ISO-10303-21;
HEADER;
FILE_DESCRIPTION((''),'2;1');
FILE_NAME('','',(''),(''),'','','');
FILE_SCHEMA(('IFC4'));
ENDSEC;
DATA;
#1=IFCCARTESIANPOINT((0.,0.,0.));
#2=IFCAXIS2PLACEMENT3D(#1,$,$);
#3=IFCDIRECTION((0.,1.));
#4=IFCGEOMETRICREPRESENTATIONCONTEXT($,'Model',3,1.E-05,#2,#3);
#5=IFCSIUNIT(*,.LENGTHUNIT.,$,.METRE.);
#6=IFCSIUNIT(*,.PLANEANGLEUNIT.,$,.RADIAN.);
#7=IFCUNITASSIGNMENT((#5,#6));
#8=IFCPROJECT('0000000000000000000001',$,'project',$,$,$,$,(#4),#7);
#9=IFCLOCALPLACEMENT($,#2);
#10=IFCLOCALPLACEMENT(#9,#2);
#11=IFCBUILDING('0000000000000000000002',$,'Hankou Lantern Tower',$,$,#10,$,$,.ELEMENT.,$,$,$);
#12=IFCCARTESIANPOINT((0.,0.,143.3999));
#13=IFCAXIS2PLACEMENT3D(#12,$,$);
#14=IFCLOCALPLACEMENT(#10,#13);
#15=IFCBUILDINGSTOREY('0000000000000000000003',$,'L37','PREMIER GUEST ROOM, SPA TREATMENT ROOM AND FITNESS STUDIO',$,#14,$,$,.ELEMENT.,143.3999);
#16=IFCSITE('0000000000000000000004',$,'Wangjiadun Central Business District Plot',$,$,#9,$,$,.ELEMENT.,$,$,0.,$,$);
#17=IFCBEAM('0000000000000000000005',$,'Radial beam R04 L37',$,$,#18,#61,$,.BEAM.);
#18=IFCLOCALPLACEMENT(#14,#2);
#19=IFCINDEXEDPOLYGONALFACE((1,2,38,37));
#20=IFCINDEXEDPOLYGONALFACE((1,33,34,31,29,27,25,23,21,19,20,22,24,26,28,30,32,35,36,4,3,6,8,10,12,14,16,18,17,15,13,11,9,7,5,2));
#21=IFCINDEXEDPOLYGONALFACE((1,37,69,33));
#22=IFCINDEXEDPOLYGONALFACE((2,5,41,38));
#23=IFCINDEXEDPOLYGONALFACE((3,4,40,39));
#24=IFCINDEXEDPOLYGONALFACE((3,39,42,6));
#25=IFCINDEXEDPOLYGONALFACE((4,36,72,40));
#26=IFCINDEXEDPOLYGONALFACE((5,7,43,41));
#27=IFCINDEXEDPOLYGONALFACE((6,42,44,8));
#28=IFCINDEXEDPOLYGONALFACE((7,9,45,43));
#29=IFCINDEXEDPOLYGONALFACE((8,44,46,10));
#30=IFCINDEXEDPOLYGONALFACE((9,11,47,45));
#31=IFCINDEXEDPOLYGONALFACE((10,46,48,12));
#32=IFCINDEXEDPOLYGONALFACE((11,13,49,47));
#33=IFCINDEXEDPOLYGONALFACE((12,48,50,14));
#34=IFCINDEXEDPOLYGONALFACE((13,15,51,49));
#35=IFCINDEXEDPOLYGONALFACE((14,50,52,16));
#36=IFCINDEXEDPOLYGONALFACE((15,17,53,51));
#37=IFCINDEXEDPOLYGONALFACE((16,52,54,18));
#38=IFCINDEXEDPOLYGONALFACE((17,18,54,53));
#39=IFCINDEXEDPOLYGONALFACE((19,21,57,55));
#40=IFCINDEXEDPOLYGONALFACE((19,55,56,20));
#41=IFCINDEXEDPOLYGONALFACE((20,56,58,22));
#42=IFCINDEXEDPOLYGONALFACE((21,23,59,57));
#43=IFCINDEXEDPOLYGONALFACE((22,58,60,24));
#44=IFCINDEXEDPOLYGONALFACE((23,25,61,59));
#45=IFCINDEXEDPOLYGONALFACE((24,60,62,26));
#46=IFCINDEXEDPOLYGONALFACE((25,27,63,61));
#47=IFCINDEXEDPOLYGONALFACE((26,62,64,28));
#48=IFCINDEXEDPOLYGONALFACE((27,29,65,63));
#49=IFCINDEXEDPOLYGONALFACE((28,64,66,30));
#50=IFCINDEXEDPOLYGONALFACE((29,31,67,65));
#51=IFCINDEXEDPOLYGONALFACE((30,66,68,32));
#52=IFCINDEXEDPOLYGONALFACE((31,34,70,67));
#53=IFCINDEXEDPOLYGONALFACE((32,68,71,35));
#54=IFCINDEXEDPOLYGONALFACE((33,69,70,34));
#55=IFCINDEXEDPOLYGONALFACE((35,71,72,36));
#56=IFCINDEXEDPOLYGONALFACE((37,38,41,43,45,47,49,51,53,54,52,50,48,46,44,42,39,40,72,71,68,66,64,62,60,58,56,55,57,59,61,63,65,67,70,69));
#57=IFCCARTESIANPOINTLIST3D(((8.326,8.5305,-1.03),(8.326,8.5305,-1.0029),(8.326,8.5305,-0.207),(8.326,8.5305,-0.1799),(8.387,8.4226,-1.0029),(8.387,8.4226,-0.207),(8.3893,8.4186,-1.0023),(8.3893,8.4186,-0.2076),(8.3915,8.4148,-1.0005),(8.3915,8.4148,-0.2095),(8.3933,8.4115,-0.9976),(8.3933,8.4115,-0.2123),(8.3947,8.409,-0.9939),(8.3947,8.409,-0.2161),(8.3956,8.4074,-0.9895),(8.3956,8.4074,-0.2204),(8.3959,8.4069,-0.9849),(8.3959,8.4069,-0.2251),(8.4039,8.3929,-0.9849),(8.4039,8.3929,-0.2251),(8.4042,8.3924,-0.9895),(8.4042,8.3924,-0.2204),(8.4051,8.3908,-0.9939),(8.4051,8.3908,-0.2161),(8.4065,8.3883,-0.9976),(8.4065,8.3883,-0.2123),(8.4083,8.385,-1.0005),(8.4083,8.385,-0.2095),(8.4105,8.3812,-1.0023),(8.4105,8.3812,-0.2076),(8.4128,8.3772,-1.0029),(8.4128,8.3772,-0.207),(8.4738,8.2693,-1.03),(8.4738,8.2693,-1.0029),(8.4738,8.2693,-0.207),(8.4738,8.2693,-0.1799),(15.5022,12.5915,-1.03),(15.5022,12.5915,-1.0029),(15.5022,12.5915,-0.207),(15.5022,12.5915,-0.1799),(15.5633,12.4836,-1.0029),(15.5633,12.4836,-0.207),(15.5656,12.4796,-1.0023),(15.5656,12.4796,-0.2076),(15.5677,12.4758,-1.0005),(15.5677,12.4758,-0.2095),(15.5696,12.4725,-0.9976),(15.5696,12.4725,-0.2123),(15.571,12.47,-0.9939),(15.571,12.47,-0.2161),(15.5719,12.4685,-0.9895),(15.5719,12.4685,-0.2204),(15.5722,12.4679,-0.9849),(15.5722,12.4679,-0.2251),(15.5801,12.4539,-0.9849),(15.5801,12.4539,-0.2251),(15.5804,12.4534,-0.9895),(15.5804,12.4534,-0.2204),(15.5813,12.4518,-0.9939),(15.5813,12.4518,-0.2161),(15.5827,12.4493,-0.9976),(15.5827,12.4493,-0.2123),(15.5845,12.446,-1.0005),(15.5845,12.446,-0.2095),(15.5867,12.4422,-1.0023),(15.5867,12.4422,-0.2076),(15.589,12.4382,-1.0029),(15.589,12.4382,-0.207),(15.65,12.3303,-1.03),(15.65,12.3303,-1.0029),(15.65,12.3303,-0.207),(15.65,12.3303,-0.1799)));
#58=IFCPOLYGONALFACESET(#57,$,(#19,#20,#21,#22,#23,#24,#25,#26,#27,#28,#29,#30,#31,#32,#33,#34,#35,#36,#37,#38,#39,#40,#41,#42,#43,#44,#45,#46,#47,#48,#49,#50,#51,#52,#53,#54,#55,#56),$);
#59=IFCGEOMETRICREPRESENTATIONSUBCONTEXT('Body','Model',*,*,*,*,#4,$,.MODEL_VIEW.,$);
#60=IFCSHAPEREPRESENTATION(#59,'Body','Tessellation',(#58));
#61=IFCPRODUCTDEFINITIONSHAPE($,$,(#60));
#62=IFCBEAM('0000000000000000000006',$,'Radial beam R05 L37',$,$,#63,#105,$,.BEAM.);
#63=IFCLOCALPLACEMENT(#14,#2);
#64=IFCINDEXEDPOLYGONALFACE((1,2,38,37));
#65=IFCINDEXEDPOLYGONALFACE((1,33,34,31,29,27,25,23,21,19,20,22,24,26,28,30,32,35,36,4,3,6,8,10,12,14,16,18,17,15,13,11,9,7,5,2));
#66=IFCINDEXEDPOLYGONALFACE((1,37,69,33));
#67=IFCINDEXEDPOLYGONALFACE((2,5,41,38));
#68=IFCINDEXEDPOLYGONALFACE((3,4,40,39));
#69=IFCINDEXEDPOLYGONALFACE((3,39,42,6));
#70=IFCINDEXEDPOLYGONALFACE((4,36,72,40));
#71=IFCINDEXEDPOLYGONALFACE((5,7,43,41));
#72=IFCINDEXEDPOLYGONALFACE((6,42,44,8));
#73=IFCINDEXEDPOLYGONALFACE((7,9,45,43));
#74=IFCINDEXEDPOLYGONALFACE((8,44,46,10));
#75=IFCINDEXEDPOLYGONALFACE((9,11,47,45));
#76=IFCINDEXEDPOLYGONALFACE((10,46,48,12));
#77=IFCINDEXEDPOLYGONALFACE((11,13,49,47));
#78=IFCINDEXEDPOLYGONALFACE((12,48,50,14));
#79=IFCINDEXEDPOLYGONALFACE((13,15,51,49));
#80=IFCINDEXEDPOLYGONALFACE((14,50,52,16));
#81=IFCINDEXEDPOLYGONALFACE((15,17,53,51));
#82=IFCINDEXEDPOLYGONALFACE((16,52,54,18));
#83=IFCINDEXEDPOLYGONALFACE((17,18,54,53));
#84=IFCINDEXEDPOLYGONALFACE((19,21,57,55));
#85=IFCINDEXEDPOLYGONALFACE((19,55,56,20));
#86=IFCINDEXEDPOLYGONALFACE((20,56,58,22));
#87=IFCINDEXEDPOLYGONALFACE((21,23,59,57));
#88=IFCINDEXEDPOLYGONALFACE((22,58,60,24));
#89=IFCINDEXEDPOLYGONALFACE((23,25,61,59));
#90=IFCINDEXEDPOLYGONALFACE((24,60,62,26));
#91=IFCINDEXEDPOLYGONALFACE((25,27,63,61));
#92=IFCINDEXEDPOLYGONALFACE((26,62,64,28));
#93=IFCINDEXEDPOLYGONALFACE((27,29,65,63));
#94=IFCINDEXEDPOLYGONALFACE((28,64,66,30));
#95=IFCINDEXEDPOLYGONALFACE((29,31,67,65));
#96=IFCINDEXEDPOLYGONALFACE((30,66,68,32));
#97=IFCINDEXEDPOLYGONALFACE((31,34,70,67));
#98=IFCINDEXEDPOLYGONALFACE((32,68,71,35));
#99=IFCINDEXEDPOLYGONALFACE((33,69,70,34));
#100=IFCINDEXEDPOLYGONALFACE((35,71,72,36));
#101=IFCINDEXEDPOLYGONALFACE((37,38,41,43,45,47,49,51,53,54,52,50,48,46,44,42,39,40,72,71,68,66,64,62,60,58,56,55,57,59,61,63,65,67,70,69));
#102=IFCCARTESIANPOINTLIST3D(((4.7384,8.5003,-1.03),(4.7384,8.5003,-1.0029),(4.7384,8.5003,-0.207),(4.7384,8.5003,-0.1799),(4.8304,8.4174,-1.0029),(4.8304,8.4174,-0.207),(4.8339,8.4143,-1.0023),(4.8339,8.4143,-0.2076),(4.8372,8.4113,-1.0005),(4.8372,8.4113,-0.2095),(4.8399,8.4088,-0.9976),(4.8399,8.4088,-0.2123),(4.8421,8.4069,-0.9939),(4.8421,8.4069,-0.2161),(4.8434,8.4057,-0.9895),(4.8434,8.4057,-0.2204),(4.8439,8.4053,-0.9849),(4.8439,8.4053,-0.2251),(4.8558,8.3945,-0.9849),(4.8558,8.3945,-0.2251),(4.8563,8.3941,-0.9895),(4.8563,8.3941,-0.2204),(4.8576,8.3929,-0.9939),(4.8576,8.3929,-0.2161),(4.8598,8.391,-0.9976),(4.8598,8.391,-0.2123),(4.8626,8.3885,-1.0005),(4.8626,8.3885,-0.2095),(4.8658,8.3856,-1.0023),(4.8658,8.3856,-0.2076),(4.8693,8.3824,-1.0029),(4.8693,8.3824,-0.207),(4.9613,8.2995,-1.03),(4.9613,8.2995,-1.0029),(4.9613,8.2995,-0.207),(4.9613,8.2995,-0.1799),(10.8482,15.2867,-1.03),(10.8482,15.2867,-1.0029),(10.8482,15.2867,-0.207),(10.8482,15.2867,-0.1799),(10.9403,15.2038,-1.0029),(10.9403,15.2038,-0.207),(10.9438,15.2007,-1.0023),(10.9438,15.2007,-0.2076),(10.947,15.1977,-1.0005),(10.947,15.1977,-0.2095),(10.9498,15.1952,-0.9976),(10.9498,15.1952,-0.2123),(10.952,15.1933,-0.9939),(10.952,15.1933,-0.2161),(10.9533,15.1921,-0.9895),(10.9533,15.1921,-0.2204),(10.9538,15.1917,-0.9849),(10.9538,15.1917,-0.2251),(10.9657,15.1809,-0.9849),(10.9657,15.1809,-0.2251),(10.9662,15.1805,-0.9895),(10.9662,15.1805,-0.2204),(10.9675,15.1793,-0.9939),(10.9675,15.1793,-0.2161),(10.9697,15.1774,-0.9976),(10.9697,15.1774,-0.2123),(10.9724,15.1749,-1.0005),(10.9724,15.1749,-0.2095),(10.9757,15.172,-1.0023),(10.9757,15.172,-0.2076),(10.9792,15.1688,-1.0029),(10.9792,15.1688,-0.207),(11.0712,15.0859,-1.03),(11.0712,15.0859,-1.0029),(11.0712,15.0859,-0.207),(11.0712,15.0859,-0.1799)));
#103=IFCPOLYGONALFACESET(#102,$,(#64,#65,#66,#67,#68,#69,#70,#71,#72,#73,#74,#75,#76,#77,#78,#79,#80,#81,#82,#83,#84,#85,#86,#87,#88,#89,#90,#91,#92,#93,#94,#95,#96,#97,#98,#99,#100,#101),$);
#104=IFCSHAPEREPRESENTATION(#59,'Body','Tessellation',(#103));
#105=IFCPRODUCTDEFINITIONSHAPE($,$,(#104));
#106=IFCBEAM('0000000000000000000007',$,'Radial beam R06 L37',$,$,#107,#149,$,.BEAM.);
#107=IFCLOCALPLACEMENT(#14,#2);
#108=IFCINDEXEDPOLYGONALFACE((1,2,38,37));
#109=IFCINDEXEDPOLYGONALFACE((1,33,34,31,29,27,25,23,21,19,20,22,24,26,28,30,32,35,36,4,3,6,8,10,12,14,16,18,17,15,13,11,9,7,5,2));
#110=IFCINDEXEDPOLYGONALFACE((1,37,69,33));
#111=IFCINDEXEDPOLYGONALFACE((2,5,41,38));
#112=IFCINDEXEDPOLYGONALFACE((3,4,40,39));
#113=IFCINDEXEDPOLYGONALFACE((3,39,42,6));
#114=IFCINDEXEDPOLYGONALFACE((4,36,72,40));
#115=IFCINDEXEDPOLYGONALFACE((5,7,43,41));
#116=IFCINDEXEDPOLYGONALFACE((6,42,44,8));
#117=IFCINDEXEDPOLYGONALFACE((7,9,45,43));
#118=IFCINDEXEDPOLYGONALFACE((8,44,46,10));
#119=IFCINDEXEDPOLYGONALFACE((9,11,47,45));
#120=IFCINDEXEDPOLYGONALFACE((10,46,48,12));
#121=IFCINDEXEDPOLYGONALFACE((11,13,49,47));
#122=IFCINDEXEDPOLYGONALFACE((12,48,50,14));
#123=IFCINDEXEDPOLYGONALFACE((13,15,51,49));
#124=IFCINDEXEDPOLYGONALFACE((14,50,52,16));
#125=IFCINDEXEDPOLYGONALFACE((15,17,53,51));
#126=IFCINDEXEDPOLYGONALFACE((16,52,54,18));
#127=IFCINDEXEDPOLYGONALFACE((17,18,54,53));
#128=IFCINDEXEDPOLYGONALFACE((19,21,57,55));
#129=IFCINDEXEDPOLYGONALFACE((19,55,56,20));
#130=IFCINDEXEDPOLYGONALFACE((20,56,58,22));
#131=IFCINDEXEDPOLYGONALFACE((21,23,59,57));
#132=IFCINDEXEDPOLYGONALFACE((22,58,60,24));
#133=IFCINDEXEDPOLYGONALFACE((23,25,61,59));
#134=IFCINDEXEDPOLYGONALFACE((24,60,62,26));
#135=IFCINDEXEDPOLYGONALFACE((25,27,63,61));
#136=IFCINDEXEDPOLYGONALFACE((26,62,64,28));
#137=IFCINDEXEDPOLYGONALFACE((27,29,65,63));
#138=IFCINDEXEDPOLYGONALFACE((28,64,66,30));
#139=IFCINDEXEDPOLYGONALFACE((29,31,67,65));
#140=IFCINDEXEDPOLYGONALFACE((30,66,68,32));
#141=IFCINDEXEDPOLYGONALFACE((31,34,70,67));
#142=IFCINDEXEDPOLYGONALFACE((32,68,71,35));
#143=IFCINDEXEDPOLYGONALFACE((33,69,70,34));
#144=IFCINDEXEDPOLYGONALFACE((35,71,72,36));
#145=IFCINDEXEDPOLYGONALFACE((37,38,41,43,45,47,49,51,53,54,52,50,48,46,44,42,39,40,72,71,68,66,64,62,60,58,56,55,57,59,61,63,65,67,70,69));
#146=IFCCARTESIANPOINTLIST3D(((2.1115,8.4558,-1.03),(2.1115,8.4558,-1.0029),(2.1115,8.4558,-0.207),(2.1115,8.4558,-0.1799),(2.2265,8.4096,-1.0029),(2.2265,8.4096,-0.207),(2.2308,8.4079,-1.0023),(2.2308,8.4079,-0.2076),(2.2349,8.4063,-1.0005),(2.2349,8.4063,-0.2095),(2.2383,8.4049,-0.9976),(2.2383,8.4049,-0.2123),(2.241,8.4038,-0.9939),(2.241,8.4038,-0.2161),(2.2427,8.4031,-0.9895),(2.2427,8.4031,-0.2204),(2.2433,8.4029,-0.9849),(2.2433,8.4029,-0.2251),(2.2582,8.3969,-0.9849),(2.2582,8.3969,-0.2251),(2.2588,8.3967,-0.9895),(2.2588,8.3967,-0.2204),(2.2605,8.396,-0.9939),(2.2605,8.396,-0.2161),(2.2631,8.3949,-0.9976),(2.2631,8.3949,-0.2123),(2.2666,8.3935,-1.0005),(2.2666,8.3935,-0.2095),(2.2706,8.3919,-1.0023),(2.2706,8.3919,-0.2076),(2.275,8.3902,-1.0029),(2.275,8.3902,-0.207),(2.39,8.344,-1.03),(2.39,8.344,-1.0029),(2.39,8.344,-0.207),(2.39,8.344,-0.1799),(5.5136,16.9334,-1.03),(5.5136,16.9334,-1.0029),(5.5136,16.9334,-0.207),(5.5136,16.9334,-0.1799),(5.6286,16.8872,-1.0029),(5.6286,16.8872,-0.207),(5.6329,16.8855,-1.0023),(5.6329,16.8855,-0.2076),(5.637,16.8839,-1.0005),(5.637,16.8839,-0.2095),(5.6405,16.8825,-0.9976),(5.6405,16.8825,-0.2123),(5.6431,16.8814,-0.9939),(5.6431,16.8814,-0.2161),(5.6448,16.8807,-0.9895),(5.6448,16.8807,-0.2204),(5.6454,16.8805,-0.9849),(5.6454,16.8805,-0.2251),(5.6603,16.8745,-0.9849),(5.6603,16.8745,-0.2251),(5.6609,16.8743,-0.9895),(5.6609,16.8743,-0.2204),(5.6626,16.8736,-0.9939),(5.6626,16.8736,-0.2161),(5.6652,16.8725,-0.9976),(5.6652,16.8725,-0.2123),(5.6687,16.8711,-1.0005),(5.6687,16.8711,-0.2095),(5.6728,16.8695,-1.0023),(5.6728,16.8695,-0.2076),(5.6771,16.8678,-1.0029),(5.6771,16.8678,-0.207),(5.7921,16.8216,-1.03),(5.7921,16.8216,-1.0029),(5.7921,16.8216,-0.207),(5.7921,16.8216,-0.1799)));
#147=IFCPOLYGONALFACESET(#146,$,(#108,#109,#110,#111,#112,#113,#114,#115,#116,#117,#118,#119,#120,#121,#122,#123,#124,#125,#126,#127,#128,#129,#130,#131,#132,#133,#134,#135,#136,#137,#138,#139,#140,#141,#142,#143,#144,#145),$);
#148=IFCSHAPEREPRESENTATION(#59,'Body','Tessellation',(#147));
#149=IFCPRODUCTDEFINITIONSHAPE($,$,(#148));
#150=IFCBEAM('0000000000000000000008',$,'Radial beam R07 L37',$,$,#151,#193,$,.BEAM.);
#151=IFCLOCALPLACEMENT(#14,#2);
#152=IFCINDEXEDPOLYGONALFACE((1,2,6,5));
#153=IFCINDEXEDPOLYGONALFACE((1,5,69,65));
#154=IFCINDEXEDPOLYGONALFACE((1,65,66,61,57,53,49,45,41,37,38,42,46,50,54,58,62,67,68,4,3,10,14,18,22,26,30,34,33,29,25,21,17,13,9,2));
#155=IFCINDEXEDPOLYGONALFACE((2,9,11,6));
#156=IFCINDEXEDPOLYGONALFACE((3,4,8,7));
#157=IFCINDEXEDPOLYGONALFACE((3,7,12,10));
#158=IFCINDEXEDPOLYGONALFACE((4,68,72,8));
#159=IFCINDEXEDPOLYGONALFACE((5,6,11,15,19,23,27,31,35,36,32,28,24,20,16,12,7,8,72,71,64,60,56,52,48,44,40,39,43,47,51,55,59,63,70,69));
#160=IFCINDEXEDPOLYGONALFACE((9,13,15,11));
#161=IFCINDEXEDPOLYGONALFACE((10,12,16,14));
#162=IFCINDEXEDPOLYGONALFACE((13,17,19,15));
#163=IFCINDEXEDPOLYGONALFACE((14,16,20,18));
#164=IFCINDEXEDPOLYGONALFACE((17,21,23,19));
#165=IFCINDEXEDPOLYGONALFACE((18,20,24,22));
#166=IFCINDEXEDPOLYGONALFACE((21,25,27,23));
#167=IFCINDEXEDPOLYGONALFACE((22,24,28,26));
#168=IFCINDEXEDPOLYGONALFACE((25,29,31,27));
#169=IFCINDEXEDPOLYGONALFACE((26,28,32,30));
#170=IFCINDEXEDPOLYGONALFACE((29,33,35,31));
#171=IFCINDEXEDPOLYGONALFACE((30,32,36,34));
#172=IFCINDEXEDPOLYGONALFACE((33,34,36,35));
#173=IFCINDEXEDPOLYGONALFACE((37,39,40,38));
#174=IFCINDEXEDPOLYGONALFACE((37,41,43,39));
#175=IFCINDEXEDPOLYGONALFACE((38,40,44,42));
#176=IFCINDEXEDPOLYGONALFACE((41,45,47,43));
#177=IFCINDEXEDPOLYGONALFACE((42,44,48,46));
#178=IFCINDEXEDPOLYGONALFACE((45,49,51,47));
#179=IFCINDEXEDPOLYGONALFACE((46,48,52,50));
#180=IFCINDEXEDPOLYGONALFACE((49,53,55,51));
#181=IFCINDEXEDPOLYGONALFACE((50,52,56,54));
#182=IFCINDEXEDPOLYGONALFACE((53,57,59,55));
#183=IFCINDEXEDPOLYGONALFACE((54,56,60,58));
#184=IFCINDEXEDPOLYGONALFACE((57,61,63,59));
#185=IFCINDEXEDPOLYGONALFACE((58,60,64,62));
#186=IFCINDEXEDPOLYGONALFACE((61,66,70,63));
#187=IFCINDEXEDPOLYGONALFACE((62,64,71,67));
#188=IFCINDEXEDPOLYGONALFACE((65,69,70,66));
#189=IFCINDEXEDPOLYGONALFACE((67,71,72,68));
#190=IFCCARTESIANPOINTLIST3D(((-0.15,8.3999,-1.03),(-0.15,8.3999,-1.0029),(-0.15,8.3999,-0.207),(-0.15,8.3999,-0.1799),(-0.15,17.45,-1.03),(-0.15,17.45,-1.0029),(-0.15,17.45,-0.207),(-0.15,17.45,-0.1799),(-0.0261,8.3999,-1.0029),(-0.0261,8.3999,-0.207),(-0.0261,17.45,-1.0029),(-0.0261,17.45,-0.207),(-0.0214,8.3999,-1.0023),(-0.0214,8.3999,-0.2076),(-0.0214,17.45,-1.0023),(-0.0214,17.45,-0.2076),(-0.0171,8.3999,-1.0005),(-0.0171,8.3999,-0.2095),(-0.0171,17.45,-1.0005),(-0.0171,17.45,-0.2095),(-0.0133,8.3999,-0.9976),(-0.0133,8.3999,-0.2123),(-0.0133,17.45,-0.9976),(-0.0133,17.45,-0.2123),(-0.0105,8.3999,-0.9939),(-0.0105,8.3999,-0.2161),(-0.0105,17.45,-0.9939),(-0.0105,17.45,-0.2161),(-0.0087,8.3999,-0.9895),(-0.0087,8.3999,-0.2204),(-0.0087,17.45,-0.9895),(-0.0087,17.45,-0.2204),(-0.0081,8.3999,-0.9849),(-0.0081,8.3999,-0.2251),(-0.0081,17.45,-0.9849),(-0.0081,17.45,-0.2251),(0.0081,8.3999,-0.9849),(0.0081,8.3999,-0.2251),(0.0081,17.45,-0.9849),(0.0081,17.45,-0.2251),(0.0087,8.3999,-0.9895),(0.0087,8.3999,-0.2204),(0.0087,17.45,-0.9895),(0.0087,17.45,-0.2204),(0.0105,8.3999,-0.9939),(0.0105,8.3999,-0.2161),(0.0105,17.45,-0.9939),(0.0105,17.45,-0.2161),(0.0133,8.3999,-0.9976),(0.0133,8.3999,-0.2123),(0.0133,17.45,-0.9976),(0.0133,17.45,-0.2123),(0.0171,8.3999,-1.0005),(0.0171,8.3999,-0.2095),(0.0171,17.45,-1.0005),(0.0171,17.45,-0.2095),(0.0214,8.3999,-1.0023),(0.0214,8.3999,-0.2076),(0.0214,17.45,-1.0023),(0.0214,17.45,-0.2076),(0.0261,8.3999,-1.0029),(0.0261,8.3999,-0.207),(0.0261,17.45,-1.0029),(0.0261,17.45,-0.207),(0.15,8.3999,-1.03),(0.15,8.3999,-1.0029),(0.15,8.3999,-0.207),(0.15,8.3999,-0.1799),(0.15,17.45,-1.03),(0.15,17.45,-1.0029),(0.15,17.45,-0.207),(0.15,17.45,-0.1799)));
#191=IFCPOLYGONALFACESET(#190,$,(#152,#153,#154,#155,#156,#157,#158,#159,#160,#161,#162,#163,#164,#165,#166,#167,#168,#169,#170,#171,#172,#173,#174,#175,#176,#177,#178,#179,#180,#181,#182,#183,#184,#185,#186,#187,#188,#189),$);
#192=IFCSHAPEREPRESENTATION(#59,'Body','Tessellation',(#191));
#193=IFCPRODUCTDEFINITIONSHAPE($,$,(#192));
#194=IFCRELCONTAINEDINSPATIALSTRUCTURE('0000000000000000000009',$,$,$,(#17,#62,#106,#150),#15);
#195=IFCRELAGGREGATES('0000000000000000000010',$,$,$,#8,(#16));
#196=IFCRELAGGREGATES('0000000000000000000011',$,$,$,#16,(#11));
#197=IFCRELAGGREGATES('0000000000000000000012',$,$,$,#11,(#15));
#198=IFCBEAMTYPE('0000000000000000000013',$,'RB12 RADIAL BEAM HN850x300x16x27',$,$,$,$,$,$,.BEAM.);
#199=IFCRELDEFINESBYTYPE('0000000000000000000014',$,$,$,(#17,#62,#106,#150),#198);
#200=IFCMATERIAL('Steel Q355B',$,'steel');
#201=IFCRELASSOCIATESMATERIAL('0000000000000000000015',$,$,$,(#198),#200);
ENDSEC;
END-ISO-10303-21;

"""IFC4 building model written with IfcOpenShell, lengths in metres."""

from ifc_helpers import new_model, si_unit, direction, frame, origin, origin_2d, place, context, subcontext, project, spatial, i_section, extrude, material, material_profile, profile_set, type_object, element, save


model = new_model("IFC4")

# Units and contexts
model_context = context("Model", 3, precision=1e-05, world=origin(), true_north=direction((0.0, 1.0)))
body_context = subcontext(model_context, "Body", "Model", "MODEL_VIEW")
ifc_project = project(units=[si_unit("LENGTHUNIT", "METRE"), si_unit("PLANEANGLEUNIT", "RADIAN")], contexts=[model_context])

# Site, building, storey
site_placement = place(None, origin())
site = spatial("IfcSite", under=ifc_project, at=site_placement, Name="Wangjiadun Central Business District Plot", CompositionType="ELEMENT", RefElevation=0.0)
building_placement = place(site_placement, origin())
building = spatial("IfcBuilding", under=site, at=building_placement, Name="Hankou Lantern Tower", CompositionType="ELEMENT")
storey_placement = place(building_placement, frame((0.0, 0.0, 143.3999)))
storey = spatial("IfcBuildingStorey", under=building, at=storey_placement, Name="L37", Description="PREMIER GUEST ROOM, SPA TREATMENT ROOM AND FITNESS STUDIO", CompositionType="ELEMENT", Elevation=143.3999)

# Beams
ifc_material_1 = material(Name="Steel Q355B", Category="steel")
ifc_material_profile_1 = material_profile(ifc_material_1, i_section(OverallWidth=0.3, OverallDepth=0.8501, WebThickness=0.0161, FlangeThickness=0.0271, FilletRadius=0.0181, at=origin_2d()), Name="HN850x300x16x27")
ifc_profile_set_1 = profile_set([ifc_material_profile_1], Name="Steel Q355B")
beam_type_1 = type_object("IfcBeamType", Name="RB12 RADIAL BEAM HN850x300x16x27", PredefinedType="BEAM", material=ifc_profile_set_1)
beam_1_placement = place(storey_placement, frame((8.3999, 8.3999, -0.605), z_axis=(0.870309, 0.492506, 0.0), x_axis=(-0.492506, 0.870309, 0.0)))
element("IfcBeam", 1, at=beam_1_placement, inside=storey, type_object=beam_type_1, Name="Radial beam R04 L37", PredefinedType="BEAM", context=body_context, shape_type="SweptSolid", body=[
    extrude(i_section(OverallWidth=0.3, OverallDepth=0.8501, WebThickness=0.0161, FlangeThickness=0.0271, FilletRadius=0.0181, at=origin_2d()), origin(), (0.0, 0.0, 1.0), 8.2456),
])
beam_2_placement = place(storey_placement, frame((4.8499, 8.3999, -0.605), z_axis=(0.669093, 0.743178, 0.0), x_axis=(-0.743178, 0.669093, 0.0)))
element("IfcBeam", 2, at=beam_2_placement, inside=storey, type_object=beam_type_1, Name="Radial beam R05 L37", PredefinedType="BEAM", context=body_context, shape_type="SweptSolid", body=[
    extrude(i_section(OverallWidth=0.3, OverallDepth=0.8501, WebThickness=0.0161, FlangeThickness=0.0271, FilletRadius=0.0181, at=origin_2d()), origin(), (0.0, 0.0, 1.0), 9.1316),
])
beam_3_placement = place(storey_placement, frame((2.2507, 8.3999, -0.605), z_axis=(0.372436, 0.928058, 0.0), x_axis=(-0.928058, 0.372436, 0.0)))
element("IfcBeam", 3, at=beam_3_placement, inside=storey, type_object=beam_type_1, Name="Radial beam R06 L37", PredefinedType="BEAM", context=body_context, shape_type="SweptSolid", body=[
    extrude(i_section(OverallWidth=0.3, OverallDepth=0.8501, WebThickness=0.0161, FlangeThickness=0.0271, FilletRadius=0.0181, at=origin_2d()), origin(), (0.0, 0.0, 1.0), 9.1348),
])
beam_4_placement = place(storey_placement, frame((0.0, 8.3999, -0.605), z_axis=(0.0, 1.0, 0.0), x_axis=(-1.0, 0.0, 0.0)))
element("IfcBeam", 4, at=beam_4_placement, inside=storey, type_object=beam_type_1, Name="Radial beam R07 L37", PredefinedType="BEAM", context=body_context, shape_type="SweptSolid", body=[
    extrude(i_section(OverallWidth=0.3, OverallDepth=0.8501, WebThickness=0.0161, FlangeThickness=0.0271, FilletRadius=0.0181, at=origin_2d()), origin(), (0.0, 0.0, 1.0), 9.05),
])

save(model, "model.ifc")
